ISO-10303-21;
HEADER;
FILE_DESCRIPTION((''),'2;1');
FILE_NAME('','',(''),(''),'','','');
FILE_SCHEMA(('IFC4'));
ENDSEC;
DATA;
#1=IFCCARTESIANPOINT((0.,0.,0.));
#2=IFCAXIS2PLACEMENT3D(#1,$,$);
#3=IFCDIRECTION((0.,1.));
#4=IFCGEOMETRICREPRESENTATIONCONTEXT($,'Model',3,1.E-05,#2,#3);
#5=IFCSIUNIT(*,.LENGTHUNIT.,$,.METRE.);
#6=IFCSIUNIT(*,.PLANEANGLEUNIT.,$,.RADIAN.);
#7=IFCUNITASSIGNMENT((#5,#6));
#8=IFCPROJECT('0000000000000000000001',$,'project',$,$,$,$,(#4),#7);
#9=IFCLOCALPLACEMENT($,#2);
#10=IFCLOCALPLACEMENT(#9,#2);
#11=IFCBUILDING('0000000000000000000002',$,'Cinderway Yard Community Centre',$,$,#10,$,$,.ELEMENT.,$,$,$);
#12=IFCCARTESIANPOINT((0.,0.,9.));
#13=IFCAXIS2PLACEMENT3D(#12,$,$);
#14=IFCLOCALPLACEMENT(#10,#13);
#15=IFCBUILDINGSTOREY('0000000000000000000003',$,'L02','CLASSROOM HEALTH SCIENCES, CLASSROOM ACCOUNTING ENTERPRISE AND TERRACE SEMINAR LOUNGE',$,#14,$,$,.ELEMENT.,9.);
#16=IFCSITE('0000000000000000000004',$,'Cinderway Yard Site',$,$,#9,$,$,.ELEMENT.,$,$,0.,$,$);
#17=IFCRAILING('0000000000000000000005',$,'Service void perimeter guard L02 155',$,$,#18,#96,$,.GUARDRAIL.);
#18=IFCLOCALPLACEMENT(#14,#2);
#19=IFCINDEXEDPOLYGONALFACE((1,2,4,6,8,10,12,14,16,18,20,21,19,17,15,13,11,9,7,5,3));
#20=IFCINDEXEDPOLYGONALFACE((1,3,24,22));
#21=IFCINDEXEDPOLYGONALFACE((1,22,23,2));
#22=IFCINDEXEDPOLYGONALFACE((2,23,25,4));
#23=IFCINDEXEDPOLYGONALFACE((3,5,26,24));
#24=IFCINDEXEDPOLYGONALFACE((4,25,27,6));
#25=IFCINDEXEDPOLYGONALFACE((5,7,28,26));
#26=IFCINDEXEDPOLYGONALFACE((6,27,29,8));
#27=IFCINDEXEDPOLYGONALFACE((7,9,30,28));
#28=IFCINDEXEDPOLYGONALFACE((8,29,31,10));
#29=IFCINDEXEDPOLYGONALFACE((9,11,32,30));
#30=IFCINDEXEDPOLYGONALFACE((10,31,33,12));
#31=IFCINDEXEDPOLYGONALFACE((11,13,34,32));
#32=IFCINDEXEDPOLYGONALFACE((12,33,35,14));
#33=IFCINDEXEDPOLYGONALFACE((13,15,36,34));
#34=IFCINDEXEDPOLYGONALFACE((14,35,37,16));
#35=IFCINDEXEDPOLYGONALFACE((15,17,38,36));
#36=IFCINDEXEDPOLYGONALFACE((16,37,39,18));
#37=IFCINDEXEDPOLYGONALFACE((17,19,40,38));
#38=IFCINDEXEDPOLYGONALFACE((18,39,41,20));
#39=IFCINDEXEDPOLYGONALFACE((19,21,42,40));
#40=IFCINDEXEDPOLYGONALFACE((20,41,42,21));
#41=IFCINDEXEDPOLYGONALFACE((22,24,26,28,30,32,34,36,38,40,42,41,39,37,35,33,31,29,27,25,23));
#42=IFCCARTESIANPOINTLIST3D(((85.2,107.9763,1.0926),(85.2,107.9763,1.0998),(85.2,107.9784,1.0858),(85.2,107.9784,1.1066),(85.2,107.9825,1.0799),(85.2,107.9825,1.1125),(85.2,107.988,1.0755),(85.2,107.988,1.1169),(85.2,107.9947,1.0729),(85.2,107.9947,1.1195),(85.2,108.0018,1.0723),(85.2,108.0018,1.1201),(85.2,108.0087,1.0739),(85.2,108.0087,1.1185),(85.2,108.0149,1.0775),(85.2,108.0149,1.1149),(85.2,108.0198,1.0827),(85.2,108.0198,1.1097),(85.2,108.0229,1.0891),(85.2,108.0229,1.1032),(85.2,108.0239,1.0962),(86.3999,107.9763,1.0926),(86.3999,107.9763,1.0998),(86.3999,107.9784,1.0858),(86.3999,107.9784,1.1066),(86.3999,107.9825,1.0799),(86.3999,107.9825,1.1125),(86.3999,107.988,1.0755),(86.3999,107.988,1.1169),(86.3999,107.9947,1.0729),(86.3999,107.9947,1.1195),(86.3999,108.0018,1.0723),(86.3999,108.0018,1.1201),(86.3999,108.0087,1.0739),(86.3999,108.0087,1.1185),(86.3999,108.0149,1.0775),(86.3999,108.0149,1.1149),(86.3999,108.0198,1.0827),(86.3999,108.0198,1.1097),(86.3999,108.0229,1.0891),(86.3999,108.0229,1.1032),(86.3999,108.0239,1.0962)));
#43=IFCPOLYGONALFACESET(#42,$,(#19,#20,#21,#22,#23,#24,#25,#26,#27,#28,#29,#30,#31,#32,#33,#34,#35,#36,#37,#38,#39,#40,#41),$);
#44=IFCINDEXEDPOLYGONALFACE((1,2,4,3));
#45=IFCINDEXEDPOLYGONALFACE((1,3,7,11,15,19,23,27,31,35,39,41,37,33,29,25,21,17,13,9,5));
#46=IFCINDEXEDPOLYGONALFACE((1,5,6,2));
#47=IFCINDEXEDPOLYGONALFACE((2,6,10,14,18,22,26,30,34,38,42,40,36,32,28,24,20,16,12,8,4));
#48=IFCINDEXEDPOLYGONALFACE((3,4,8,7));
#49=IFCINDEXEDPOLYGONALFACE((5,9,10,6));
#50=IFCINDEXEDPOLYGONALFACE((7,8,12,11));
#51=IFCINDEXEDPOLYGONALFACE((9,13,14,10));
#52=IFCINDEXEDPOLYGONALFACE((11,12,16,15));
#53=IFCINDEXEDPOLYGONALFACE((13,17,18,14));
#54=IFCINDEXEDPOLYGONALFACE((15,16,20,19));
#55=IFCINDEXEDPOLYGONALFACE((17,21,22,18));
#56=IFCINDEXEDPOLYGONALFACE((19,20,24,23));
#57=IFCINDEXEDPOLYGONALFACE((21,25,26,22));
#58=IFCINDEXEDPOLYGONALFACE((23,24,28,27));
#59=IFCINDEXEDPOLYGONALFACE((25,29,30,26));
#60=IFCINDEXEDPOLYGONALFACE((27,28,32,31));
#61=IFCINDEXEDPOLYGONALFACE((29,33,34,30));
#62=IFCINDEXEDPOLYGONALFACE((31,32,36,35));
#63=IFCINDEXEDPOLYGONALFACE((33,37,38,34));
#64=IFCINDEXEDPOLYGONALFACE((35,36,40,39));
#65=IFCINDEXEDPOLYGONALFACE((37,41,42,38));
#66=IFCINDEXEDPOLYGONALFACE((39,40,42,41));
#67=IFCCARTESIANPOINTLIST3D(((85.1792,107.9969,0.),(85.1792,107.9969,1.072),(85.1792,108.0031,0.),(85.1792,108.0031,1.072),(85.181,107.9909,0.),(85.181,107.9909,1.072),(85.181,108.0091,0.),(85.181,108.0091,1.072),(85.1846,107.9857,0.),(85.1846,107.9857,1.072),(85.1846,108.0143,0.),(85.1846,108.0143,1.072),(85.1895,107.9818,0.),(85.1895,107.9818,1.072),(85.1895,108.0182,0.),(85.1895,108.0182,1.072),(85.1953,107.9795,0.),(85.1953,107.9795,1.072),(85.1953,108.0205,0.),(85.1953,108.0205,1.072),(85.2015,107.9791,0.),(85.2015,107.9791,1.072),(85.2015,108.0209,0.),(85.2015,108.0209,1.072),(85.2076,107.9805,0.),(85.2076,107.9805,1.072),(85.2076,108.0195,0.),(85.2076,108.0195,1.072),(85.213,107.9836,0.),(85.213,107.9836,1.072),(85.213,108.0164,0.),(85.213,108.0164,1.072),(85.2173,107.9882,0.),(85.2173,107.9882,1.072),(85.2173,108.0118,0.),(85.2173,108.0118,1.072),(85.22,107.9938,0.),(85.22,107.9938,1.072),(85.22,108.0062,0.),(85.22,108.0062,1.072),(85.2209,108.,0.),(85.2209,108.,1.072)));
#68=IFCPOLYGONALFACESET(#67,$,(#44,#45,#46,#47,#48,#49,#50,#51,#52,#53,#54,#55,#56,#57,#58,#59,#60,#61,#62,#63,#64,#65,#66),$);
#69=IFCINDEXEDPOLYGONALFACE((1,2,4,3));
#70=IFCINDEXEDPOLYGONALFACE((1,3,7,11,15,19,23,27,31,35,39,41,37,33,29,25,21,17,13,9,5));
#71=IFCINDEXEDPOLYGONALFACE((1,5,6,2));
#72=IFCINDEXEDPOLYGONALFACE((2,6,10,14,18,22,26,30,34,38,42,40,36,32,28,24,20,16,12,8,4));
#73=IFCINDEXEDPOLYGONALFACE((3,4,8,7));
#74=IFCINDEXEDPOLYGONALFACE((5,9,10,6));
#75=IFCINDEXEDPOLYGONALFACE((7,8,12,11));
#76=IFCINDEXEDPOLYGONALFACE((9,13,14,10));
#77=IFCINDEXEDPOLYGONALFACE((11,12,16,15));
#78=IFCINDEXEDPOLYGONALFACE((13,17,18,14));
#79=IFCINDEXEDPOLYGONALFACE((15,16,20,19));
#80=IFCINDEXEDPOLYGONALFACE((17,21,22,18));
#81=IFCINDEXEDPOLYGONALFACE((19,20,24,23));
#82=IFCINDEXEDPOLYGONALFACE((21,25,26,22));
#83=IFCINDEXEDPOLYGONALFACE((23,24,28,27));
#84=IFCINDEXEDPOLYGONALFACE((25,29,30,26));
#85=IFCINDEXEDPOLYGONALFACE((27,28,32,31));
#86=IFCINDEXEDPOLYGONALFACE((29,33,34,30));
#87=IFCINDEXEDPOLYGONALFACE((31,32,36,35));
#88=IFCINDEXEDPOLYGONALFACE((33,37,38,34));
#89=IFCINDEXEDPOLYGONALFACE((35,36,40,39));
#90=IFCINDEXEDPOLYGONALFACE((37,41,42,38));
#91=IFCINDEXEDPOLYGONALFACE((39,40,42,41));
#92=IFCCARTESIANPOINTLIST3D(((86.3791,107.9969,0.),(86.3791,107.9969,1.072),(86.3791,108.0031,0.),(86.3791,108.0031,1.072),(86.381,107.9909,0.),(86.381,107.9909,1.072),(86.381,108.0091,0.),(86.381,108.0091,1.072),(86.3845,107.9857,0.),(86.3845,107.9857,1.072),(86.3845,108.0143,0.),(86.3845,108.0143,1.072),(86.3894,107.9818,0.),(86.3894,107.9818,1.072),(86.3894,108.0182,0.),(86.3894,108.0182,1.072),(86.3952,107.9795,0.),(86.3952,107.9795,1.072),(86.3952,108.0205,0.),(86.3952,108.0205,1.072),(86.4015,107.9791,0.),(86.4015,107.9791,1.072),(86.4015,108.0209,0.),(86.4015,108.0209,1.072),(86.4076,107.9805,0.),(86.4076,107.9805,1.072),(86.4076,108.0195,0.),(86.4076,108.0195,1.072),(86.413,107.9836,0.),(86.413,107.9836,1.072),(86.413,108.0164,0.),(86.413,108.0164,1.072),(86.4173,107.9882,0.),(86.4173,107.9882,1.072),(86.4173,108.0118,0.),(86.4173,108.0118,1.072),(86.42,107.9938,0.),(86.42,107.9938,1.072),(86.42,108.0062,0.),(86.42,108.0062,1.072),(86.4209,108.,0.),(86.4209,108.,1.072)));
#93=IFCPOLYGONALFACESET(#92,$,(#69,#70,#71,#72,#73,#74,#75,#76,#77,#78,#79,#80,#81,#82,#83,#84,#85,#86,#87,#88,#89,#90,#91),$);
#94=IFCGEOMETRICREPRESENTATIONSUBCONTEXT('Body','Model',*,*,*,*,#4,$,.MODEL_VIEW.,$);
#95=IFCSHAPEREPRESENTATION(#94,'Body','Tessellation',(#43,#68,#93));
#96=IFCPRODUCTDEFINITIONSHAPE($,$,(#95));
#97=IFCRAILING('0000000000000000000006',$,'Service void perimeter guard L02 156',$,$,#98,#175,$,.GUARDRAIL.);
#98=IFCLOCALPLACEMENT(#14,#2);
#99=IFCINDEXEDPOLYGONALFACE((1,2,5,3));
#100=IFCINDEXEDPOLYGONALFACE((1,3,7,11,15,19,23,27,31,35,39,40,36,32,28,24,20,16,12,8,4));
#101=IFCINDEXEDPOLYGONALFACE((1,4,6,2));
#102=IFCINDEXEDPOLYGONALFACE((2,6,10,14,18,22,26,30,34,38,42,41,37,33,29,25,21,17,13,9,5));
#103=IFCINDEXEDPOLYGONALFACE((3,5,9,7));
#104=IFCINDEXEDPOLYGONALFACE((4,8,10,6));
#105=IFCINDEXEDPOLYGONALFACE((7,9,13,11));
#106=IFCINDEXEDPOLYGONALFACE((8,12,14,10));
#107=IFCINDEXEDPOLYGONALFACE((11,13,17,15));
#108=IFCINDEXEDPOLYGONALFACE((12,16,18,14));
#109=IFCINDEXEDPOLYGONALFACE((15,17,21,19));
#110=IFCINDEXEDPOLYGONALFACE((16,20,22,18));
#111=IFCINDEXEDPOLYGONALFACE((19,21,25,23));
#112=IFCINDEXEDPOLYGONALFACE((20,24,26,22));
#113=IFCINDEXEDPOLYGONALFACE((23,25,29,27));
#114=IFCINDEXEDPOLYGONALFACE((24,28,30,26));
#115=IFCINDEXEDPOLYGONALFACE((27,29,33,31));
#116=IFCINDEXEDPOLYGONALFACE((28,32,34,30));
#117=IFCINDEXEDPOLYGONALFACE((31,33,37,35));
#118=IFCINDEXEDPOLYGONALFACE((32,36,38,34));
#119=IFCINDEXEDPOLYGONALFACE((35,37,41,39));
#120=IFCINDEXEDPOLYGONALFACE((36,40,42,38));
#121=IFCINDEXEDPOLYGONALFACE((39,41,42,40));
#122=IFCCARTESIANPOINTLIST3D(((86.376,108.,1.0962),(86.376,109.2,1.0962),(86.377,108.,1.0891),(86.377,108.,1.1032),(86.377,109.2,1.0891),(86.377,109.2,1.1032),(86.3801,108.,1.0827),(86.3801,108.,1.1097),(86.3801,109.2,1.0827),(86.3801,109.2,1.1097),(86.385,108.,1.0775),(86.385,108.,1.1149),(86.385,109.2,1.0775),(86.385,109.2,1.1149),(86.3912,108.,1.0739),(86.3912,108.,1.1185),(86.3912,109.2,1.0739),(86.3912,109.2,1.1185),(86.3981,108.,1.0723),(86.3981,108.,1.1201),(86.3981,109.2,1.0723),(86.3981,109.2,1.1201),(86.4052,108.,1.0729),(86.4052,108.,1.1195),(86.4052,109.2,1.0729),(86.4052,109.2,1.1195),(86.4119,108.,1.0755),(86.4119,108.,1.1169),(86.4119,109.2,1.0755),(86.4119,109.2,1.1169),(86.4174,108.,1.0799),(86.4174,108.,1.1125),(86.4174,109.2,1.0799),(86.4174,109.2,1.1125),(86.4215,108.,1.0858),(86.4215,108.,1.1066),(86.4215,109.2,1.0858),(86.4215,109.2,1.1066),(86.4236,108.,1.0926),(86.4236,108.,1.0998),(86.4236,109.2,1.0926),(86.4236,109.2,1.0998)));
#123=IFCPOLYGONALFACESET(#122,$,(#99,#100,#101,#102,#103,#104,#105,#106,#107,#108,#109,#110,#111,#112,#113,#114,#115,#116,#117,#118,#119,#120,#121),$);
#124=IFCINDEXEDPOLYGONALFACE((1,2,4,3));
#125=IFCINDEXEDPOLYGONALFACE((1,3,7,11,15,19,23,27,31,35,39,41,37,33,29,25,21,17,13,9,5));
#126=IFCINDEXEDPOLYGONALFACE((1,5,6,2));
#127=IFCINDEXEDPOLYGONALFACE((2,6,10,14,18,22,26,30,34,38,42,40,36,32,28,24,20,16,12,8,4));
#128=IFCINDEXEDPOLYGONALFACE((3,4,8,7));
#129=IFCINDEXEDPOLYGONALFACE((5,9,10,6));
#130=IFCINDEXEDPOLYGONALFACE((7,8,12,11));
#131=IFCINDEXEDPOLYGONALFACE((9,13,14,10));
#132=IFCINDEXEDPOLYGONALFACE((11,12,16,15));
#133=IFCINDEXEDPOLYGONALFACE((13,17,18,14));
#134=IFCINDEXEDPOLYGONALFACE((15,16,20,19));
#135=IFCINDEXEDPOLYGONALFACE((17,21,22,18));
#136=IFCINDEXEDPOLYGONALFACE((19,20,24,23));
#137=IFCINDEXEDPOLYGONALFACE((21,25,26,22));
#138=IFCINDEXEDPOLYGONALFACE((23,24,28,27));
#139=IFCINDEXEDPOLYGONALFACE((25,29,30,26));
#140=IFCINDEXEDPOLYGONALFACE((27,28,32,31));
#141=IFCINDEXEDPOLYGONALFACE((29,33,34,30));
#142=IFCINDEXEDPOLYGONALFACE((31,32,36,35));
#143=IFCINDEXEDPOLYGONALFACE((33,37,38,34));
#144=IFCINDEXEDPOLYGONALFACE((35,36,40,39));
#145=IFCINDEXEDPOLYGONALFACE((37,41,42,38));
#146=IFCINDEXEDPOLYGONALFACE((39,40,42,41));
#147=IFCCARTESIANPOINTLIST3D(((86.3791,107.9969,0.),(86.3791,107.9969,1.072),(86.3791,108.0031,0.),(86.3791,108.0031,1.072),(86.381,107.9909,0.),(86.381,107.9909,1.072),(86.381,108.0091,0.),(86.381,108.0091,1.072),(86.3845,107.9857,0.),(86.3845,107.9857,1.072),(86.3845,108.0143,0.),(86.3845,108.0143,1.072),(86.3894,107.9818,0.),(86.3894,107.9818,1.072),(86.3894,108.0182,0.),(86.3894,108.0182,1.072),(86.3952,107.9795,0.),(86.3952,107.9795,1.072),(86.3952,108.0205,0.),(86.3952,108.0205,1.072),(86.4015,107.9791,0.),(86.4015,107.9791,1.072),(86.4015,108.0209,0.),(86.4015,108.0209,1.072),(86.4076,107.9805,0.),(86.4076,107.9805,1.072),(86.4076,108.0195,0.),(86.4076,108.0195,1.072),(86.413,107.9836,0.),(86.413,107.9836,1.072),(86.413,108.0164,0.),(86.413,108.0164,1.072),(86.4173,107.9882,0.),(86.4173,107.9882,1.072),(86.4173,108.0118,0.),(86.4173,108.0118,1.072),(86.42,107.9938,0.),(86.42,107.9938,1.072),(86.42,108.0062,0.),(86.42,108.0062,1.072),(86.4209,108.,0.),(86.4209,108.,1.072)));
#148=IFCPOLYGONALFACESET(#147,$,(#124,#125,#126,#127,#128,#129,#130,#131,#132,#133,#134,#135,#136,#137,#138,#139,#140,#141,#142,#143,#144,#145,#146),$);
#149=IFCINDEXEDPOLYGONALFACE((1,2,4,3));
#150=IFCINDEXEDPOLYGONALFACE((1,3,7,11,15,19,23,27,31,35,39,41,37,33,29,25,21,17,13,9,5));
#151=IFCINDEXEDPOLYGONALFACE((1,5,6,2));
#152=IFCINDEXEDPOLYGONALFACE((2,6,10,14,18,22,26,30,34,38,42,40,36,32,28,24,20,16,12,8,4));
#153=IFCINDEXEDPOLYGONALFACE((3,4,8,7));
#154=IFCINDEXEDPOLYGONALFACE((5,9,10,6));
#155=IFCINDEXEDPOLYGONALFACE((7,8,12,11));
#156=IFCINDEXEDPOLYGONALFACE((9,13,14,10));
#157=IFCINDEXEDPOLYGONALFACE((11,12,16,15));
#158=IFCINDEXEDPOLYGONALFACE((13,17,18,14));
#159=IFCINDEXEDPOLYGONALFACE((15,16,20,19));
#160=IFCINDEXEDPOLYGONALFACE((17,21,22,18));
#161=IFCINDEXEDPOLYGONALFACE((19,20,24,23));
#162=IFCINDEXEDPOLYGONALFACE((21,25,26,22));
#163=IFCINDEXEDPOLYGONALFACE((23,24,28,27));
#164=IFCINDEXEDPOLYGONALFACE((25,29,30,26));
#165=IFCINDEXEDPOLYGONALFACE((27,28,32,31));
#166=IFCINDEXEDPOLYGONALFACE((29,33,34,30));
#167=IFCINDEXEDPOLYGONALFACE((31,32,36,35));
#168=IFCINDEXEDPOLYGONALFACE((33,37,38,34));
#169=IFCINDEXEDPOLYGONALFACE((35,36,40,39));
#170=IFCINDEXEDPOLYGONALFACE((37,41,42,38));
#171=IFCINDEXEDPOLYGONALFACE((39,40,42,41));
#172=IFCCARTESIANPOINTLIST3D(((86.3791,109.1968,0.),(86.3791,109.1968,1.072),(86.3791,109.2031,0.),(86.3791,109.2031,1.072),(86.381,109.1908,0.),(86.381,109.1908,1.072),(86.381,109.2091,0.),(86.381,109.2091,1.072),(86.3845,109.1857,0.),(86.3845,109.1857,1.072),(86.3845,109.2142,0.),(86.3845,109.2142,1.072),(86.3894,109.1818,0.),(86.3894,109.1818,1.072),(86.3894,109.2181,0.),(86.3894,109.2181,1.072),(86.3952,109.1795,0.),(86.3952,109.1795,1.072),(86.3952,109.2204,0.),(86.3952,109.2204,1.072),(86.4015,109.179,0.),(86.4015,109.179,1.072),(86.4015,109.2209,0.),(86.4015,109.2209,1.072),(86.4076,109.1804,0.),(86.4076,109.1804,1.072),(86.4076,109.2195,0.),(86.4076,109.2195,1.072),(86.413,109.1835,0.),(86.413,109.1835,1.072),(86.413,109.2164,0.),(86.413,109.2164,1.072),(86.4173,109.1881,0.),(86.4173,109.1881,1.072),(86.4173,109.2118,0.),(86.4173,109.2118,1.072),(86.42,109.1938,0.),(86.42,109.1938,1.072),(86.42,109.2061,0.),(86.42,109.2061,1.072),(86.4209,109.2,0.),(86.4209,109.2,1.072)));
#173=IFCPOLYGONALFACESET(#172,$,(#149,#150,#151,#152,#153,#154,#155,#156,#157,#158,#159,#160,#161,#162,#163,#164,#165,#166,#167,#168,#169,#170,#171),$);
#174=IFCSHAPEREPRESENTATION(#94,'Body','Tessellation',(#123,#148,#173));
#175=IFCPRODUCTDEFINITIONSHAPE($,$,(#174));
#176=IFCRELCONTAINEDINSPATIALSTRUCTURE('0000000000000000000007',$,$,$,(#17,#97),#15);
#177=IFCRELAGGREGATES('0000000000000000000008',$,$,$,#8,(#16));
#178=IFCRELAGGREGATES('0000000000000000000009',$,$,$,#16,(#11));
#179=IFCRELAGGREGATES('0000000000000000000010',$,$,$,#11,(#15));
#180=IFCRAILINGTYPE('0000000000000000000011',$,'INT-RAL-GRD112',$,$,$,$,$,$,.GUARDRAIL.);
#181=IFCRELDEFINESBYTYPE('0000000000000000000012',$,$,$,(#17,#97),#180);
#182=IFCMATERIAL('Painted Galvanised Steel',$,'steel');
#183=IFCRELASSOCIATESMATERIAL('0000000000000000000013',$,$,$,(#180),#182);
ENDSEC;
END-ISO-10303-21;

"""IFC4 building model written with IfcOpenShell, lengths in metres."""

from ifc_helpers import new_model, si_unit, direction, frame, origin, origin_2d, place, context, subcontext, project, spatial, circle, extrude, material, type_object, element, save


model = new_model("IFC4")

# Units and contexts
model_context = context("Model", 3, precision=1e-05, world=origin(), true_north=direction((0.0, 1.0)))
body_context = subcontext(model_context, "Body", "Model", "MODEL_VIEW")
ifc_project = project(units=[si_unit("LENGTHUNIT", "METRE"), si_unit("PLANEANGLEUNIT", "RADIAN")], contexts=[model_context])

# Site, building, storey
site_placement = place(None, origin())
site = spatial("IfcSite", under=ifc_project, at=site_placement, Name="Cinderway Yard Site", CompositionType="ELEMENT", RefElevation=0.0)
building_placement = place(site_placement, origin())
building = spatial("IfcBuilding", under=site, at=building_placement, Name="Cinderway Yard Community Centre", CompositionType="ELEMENT")
storey_placement = place(building_placement, frame((0.0, 0.0, 9.0)))
storey = spatial("IfcBuildingStorey", under=building, at=storey_placement, Name="L02", Description="CLASSROOM HEALTH SCIENCES, CLASSROOM ACCOUNTING ENTERPRISE AND TERRACE SEMINAR LOUNGE", CompositionType="ELEMENT", Elevation=9.0)

# Railings
ifc_material_1 = material(Name="Painted Galvanised Steel", Category="steel")
railing_type = type_object("IfcRailingType", Name="INT-RAL-GRD112", PredefinedType="GUARDRAIL", material=ifc_material_1)
railing_1_placement = place(storey_placement, frame((85.2, 108.0, 0.0)))
element("IfcRailing", 1, at=railing_1_placement, inside=storey, type_object=railing_type, Name="Service void perimeter guard L02 155", PredefinedType="GUARDRAIL", context=body_context, shape_type="SweptSolid", body=[
    extrude(circle(Radius=0.0239, at=origin_2d()), frame((0.0, 0.0, 1.0962), z_axis=(1.0, 0.0, 0.0), x_axis=(0.0, 1.0, 0.0)), (0.0, 0.0, 1.0), 1.2),
    extrude(circle(Radius=0.021, at=origin_2d()), origin(), (0.0, 0.0, 1.0), 1.072),
    extrude(circle(Radius=0.021, at=origin_2d()), frame((1.2, 0.0, 0.0)), (0.0, 0.0, 1.0), 1.072),
])
railing_2_placement = place(storey_placement, frame((86.3999, 108.0, 0.0)))
element("IfcRailing", 2, at=railing_2_placement, inside=storey, type_object=railing_type, Name="Service void perimeter guard L02 156", PredefinedType="GUARDRAIL", context=body_context, shape_type="SweptSolid", body=[
    extrude(circle(Radius=0.0239, at=origin_2d()), frame((0.0, 0.0, 1.0962), z_axis=(0.0, 1.0, 0.0), x_axis=(-1.0, 0.0, 0.0)), (0.0, 0.0, 1.0), 1.2),
    extrude(circle(Radius=0.021, at=origin_2d()), origin(), (0.0, 0.0, 1.0), 1.072),
    extrude(circle(Radius=0.021, at=origin_2d()), frame((0.0, 1.2, 0.0)), (0.0, 0.0, 1.0), 1.072),
])

save(model, "model.ifc")
